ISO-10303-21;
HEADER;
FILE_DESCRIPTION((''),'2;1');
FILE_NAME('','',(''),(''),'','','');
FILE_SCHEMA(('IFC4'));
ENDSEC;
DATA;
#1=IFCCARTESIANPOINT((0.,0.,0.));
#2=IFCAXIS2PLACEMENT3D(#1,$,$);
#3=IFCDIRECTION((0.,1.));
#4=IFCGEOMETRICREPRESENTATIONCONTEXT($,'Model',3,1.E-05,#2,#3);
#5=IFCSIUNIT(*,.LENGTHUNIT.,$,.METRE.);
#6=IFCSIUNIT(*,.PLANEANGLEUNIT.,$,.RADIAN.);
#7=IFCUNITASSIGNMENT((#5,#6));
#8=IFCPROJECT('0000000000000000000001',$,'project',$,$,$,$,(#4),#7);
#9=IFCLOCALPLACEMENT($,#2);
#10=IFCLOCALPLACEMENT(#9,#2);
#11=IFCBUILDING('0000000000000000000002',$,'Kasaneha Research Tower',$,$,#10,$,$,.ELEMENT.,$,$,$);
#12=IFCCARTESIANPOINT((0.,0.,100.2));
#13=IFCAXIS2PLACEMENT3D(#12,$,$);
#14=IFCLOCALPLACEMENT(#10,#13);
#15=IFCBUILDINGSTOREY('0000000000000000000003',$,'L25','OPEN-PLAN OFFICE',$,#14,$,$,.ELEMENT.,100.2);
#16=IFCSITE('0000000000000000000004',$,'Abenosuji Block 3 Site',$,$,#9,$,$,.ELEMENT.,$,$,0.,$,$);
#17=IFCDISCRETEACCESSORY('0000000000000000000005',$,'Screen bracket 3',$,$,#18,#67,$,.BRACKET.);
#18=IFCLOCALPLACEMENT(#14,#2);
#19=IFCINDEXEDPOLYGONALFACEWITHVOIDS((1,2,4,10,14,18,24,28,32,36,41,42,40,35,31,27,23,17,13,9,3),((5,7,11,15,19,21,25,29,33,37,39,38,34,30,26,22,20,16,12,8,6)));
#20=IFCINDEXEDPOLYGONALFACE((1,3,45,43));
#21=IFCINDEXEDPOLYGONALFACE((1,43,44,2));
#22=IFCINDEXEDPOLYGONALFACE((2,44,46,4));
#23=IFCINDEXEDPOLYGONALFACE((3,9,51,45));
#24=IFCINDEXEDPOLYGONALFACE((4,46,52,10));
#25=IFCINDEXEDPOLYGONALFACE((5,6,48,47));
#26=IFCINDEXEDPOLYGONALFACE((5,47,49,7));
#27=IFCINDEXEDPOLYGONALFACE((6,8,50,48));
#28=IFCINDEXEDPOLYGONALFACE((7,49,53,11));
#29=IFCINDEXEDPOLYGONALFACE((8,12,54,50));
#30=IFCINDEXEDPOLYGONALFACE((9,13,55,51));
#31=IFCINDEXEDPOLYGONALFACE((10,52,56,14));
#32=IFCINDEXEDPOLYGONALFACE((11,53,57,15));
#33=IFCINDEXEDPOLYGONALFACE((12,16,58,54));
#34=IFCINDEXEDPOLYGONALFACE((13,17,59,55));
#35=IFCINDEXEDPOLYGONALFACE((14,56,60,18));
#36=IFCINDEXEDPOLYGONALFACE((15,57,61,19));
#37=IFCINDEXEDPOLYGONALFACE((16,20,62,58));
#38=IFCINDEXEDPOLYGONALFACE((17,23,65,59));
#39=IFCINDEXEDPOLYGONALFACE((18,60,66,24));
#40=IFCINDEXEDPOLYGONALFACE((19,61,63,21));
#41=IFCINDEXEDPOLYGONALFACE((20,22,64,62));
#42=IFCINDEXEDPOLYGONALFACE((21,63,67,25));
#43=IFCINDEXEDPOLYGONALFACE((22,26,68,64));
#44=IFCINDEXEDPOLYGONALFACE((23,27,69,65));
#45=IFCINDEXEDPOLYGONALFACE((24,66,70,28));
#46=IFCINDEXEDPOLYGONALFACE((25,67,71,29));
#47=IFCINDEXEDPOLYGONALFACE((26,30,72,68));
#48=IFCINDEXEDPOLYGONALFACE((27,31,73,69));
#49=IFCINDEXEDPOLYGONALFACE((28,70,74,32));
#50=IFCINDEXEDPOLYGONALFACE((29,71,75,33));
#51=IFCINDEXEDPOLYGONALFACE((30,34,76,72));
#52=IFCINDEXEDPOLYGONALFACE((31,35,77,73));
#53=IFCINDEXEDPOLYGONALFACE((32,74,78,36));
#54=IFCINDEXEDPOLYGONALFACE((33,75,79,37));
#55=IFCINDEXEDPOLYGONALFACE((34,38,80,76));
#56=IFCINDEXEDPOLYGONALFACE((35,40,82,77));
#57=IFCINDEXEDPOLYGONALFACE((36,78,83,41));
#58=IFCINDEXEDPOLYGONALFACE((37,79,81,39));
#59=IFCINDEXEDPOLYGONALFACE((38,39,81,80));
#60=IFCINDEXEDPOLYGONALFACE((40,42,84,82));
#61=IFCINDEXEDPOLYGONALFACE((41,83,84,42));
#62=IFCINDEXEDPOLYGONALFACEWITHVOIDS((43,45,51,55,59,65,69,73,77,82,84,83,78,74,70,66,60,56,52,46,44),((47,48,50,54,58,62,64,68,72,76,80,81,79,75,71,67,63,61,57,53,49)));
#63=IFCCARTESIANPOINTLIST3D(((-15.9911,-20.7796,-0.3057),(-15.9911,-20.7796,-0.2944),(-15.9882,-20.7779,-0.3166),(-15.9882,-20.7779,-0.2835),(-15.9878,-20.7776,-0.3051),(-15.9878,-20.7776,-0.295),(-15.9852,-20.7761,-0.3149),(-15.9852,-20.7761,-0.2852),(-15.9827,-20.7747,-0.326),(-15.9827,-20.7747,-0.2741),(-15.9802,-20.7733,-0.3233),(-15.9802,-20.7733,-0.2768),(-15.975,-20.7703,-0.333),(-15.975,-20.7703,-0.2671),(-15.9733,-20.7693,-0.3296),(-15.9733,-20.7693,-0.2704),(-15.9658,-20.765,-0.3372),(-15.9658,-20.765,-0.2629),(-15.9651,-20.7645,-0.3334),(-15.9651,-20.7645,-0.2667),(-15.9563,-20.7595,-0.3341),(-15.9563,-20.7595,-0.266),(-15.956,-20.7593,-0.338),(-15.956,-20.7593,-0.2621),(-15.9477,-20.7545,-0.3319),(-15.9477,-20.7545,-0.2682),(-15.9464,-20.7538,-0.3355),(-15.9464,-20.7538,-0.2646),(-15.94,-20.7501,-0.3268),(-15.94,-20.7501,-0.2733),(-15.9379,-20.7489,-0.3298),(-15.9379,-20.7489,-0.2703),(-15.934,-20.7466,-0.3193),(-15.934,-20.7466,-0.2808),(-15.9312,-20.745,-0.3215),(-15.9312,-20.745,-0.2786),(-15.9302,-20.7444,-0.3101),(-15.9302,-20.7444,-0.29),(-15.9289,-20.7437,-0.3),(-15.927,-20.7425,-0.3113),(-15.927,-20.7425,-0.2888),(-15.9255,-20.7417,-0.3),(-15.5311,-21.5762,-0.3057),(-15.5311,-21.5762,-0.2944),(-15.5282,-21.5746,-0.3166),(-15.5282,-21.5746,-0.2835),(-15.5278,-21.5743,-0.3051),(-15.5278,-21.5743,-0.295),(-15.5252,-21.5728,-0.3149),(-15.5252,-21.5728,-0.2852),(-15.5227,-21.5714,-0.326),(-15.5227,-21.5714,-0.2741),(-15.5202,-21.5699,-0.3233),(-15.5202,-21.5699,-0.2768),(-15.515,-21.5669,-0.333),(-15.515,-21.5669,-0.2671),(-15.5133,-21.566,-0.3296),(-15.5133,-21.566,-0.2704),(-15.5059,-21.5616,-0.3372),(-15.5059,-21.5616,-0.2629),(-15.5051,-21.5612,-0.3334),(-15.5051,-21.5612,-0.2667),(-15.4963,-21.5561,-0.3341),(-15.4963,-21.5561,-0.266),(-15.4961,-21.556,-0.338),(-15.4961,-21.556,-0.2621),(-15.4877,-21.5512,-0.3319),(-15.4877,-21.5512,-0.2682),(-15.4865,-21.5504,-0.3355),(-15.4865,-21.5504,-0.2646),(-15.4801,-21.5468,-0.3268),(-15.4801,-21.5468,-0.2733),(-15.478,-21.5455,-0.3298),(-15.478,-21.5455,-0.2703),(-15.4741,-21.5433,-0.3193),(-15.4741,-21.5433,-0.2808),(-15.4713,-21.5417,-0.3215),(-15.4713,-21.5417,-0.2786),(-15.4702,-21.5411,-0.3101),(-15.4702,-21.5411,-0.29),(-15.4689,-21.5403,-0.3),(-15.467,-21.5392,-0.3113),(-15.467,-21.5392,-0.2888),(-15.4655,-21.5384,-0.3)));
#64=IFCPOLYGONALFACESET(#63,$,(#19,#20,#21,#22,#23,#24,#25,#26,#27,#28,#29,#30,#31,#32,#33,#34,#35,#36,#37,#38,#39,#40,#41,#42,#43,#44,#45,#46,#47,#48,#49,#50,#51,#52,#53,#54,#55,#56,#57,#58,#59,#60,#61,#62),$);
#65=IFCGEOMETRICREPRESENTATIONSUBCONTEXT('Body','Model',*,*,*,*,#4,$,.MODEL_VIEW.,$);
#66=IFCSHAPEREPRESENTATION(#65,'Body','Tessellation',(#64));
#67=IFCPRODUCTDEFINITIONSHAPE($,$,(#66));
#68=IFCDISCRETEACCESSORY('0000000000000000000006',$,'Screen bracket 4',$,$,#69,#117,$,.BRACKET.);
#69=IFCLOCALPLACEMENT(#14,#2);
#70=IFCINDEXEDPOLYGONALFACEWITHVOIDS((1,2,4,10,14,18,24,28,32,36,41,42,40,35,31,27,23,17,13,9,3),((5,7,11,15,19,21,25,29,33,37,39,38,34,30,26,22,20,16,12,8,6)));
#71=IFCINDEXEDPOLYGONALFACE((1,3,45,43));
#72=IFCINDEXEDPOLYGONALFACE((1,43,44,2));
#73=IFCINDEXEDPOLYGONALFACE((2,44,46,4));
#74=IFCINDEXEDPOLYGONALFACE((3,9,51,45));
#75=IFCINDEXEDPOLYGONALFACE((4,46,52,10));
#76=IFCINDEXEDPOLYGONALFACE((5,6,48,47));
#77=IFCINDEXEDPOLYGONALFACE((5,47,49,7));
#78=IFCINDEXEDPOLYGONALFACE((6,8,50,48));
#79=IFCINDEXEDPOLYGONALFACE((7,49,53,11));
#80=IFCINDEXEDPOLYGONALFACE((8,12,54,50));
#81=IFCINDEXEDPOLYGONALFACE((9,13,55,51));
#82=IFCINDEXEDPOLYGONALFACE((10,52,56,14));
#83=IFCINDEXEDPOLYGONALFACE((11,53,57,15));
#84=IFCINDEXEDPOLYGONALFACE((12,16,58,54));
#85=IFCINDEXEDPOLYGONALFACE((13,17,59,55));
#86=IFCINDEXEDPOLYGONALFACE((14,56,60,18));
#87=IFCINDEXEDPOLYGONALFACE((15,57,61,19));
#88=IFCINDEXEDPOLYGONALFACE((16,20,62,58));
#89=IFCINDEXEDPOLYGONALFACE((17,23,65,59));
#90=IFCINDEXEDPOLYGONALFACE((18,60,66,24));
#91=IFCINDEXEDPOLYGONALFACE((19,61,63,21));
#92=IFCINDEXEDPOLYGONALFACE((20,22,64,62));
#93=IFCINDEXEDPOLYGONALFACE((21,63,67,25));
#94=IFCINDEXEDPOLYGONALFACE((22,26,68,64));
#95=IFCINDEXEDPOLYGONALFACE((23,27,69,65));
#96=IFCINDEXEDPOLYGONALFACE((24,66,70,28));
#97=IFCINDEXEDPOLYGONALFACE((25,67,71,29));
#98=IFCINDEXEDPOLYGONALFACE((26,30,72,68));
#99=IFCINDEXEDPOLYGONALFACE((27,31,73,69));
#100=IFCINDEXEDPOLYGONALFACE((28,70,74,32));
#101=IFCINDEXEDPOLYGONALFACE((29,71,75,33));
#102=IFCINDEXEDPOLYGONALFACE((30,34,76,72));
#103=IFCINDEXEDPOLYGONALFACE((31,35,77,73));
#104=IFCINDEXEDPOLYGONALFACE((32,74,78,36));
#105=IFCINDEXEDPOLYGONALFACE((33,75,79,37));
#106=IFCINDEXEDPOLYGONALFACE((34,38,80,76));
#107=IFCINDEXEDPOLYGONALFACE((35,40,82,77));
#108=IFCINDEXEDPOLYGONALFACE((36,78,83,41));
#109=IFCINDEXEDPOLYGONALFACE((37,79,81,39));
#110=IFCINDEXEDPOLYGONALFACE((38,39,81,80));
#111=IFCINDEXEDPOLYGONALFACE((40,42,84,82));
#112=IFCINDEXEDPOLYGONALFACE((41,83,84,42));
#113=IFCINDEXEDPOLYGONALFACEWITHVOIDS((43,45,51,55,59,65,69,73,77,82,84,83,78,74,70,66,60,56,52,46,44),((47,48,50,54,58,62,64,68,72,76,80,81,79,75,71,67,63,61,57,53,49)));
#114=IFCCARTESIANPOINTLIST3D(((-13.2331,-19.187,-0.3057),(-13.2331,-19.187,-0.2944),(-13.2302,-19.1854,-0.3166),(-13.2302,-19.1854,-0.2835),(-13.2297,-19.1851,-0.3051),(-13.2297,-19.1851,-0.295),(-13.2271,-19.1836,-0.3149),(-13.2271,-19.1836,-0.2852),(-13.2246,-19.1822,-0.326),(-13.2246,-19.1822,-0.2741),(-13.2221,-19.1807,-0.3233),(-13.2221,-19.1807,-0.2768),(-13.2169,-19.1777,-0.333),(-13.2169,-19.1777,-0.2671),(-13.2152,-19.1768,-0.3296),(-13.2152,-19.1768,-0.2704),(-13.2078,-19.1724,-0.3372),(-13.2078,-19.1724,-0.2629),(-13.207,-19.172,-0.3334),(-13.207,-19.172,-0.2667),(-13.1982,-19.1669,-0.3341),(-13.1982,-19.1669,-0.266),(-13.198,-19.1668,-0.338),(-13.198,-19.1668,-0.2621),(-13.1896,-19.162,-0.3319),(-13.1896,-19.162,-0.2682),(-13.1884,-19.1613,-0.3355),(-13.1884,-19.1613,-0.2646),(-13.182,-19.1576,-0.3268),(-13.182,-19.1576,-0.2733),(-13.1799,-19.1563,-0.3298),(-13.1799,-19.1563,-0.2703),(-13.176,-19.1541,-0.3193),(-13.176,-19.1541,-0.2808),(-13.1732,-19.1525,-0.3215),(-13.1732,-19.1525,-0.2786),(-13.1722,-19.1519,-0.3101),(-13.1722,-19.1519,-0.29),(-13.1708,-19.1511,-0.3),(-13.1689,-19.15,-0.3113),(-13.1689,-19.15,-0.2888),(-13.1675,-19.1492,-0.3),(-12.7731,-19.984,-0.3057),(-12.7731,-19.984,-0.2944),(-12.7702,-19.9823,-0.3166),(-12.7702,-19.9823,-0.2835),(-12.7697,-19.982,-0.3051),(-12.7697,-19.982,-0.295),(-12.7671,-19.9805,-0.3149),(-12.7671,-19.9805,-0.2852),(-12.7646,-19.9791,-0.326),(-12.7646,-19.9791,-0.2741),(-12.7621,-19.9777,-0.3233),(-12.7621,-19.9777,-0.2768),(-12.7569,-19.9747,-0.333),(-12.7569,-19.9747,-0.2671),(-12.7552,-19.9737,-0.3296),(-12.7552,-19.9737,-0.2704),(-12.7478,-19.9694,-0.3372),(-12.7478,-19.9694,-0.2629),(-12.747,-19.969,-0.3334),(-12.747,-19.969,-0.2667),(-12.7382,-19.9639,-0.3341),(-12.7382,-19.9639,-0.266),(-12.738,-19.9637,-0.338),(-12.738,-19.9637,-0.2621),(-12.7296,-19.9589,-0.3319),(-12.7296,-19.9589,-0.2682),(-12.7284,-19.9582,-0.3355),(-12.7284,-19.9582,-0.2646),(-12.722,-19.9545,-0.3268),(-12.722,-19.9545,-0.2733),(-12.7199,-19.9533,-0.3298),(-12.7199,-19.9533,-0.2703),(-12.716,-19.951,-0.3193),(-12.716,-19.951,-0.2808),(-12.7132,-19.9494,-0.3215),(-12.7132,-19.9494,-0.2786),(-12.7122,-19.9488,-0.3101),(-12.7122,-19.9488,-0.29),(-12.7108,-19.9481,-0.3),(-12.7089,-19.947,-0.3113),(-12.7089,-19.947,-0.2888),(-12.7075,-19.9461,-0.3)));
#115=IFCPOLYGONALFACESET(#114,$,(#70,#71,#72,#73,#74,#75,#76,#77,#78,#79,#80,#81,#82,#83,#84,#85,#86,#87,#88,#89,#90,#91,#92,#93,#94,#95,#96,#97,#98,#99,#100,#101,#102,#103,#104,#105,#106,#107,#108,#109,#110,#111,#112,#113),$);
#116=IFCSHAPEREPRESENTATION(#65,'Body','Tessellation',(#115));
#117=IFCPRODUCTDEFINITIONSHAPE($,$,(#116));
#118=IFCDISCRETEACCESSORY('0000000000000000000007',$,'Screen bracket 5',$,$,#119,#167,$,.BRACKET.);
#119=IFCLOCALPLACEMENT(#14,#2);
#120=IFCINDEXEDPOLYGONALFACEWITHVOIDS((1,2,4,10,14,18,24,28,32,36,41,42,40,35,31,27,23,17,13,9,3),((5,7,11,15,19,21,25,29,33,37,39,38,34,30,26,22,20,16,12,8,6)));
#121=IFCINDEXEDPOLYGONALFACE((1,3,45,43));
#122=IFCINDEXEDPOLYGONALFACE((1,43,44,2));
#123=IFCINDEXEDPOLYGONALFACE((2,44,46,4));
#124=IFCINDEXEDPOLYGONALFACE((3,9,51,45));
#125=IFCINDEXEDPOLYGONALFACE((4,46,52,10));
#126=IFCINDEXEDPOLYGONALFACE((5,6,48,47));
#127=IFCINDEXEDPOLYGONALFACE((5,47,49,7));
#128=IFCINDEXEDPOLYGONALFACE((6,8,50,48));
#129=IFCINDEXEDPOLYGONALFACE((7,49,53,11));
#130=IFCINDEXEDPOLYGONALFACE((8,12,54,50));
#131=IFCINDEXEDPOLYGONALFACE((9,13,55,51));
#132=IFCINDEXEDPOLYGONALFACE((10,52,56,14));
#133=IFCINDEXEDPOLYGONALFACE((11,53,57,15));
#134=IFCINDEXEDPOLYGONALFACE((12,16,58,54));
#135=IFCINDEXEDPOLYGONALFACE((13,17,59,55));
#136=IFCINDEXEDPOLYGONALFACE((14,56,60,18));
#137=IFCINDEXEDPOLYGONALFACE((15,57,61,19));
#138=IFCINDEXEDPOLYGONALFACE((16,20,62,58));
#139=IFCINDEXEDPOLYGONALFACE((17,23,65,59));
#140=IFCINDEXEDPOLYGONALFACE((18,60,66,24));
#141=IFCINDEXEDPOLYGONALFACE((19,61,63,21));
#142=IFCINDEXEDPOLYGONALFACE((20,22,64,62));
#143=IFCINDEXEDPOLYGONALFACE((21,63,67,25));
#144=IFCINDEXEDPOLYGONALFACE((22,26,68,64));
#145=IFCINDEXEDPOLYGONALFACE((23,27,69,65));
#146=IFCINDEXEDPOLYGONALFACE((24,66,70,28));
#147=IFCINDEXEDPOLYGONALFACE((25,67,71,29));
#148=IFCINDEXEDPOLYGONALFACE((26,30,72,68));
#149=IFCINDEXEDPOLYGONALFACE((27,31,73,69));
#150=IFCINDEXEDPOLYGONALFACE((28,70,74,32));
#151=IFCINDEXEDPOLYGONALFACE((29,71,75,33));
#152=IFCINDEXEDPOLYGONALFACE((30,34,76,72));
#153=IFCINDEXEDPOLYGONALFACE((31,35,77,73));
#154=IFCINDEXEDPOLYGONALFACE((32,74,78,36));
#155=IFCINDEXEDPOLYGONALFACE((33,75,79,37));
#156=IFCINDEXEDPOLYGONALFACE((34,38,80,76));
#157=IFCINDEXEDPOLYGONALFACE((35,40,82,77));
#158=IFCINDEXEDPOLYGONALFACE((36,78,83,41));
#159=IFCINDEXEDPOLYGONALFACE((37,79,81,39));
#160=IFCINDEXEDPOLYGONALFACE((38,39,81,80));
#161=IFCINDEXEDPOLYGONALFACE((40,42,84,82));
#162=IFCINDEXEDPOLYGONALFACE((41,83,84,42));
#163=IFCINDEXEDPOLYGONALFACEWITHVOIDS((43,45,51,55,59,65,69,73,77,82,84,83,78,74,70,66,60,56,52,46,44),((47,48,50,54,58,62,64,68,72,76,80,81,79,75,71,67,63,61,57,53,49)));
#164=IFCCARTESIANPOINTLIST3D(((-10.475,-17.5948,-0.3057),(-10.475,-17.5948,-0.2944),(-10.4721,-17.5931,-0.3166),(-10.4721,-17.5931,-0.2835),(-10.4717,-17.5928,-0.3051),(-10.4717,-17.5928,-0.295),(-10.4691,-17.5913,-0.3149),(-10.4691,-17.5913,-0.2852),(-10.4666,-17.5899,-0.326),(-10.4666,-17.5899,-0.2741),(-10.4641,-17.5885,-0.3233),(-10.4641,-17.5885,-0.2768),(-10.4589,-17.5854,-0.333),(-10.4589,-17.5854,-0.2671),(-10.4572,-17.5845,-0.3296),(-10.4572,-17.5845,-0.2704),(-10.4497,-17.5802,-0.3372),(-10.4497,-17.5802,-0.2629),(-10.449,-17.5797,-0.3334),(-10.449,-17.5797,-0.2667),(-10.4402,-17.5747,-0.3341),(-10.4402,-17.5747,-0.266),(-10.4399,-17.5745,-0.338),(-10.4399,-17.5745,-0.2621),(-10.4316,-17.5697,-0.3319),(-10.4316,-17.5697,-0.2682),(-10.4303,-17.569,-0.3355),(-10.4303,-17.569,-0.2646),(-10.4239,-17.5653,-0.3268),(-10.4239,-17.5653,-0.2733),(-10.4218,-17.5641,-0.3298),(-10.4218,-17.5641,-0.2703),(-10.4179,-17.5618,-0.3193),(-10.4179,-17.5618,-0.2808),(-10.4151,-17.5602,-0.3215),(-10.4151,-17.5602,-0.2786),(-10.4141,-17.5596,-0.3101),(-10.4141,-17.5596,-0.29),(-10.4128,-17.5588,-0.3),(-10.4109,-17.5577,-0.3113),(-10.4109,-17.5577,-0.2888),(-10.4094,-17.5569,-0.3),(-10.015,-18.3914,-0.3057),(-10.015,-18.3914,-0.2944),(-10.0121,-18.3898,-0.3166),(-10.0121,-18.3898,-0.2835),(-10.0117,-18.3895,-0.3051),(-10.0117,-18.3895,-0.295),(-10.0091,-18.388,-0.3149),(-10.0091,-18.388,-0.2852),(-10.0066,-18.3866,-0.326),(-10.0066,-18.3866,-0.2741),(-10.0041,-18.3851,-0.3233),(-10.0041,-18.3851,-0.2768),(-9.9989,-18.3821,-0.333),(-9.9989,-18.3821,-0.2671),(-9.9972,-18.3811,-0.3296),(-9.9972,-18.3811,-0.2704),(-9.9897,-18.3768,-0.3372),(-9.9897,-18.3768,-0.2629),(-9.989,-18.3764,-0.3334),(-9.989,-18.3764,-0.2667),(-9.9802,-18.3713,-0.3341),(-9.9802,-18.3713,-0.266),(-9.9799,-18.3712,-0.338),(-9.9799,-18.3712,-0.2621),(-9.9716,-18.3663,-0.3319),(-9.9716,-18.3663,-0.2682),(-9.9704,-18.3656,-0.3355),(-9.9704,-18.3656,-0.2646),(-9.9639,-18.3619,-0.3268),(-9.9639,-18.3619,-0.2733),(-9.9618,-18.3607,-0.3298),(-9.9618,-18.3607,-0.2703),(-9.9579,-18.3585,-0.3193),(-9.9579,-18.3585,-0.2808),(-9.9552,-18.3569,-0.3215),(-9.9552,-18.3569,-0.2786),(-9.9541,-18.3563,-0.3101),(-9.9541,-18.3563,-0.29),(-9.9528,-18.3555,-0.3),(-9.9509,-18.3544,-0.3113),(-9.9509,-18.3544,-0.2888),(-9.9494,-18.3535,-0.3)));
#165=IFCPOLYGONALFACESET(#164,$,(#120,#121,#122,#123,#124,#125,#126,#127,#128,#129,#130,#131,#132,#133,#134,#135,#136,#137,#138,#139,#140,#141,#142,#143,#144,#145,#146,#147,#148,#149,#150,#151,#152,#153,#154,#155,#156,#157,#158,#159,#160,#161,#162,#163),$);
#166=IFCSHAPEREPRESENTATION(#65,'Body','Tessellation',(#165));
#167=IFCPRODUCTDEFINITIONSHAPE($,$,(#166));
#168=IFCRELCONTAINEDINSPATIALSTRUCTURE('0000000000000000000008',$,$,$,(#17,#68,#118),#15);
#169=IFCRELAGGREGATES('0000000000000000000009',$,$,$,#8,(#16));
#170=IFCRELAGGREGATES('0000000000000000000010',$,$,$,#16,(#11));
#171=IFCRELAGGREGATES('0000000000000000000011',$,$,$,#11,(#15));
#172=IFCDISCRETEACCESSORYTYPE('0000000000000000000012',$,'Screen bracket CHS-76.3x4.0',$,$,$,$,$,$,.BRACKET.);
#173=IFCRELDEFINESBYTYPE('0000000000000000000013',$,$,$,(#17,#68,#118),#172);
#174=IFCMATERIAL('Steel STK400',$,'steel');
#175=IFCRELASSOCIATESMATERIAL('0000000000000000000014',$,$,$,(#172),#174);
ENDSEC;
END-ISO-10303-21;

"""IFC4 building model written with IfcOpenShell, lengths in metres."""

from ifc_helpers import new_model, si_unit, direction, frame, origin, origin_2d, place, context, subcontext, project, spatial, hollow_circle, extrude, material, material_profile, profile_set, type_object, element, save


model = new_model("IFC4")

# Units and contexts
model_context = context("Model", 3, precision=1e-05, world=origin(), true_north=direction((0.0, 1.0)))
body_context = subcontext(model_context, "Body", "Model", "MODEL_VIEW")
ifc_project = project(units=[si_unit("LENGTHUNIT", "METRE"), si_unit("PLANEANGLEUNIT", "RADIAN")], contexts=[model_context])

# Site, building, storey
site_placement = place(None, origin())
site = spatial("IfcSite", under=ifc_project, at=site_placement, Name="Abenosuji Block 3 Site", CompositionType="ELEMENT", RefElevation=0.0)
building_placement = place(site_placement, origin())
building = spatial("IfcBuilding", under=site, at=building_placement, Name="Kasaneha Research Tower", CompositionType="ELEMENT")
storey_placement = place(building_placement, frame((0.0, 0.0, 100.2)))
storey = spatial("IfcBuildingStorey", under=building, at=storey_placement, Name="L25", Description="OPEN-PLAN OFFICE", CompositionType="ELEMENT", Elevation=100.2)

# Discrete accessories
ifc_material_1 = material(Name="Steel STK400", Category="steel")
ifc_material_profile_1 = material_profile(ifc_material_1, hollow_circle(Radius=0.0381, WallThickness=0.0039, at=origin_2d()), Name="CHS-76.3x4.0")
ifc_profile_set_1 = profile_set([ifc_material_profile_1], Name="Steel STK400")
discrete_accessory_type = type_object("IfcDiscreteAccessoryType", Name="Screen bracket CHS-76.3x4.0", PredefinedType="BRACKET", material=ifc_profile_set_1)
discrete_accessory_1_placement = place(storey_placement, frame((-15.9585, -20.7607, -0.3), z_axis=(0.500021, -0.866013, 0.0), x_axis=(0.866013, 0.500021, 0.0)))
element("IfcDiscreteAccessory", 1, at=discrete_accessory_1_placement, inside=storey, type_object=discrete_accessory_type, Name="Screen bracket 3", PredefinedType="BRACKET", context=body_context, shape_type="SweptSolid", body=[
    extrude(hollow_circle(Radius=0.0381, WallThickness=0.0039, at=origin_2d()), origin(), (0.0, 0.0, 1.0), 0.9199),
])
discrete_accessory_2_placement = place(storey_placement, frame((-13.2004, -19.1682, -0.3), z_axis=(0.499906, -0.86608, 0.0), x_axis=(0.86608, 0.499906, 0.0)))
element("IfcDiscreteAccessory", 2, at=discrete_accessory_2_placement, inside=storey, type_object=discrete_accessory_type, Name="Screen bracket 4", PredefinedType="BRACKET", context=body_context, shape_type="SweptSolid", body=[
    extrude(hollow_circle(Radius=0.0381, WallThickness=0.0039, at=origin_2d()), origin(), (0.0, 0.0, 1.0), 0.9202),
])
discrete_accessory_3_placement = place(storey_placement, frame((-10.4424, -17.5759, -0.3), z_axis=(0.500021, -0.866013, 0.0), x_axis=(0.866013, 0.500021, 0.0)))
element("IfcDiscreteAccessory", 3, at=discrete_accessory_3_placement, inside=storey, type_object=discrete_accessory_type, Name="Screen bracket 5", PredefinedType="BRACKET", context=body_context, shape_type="SweptSolid", body=[
    extrude(hollow_circle(Radius=0.0381, WallThickness=0.0039, at=origin_2d()), origin(), (0.0, 0.0, 1.0), 0.9199),
])

save(model, "model.ifc")
